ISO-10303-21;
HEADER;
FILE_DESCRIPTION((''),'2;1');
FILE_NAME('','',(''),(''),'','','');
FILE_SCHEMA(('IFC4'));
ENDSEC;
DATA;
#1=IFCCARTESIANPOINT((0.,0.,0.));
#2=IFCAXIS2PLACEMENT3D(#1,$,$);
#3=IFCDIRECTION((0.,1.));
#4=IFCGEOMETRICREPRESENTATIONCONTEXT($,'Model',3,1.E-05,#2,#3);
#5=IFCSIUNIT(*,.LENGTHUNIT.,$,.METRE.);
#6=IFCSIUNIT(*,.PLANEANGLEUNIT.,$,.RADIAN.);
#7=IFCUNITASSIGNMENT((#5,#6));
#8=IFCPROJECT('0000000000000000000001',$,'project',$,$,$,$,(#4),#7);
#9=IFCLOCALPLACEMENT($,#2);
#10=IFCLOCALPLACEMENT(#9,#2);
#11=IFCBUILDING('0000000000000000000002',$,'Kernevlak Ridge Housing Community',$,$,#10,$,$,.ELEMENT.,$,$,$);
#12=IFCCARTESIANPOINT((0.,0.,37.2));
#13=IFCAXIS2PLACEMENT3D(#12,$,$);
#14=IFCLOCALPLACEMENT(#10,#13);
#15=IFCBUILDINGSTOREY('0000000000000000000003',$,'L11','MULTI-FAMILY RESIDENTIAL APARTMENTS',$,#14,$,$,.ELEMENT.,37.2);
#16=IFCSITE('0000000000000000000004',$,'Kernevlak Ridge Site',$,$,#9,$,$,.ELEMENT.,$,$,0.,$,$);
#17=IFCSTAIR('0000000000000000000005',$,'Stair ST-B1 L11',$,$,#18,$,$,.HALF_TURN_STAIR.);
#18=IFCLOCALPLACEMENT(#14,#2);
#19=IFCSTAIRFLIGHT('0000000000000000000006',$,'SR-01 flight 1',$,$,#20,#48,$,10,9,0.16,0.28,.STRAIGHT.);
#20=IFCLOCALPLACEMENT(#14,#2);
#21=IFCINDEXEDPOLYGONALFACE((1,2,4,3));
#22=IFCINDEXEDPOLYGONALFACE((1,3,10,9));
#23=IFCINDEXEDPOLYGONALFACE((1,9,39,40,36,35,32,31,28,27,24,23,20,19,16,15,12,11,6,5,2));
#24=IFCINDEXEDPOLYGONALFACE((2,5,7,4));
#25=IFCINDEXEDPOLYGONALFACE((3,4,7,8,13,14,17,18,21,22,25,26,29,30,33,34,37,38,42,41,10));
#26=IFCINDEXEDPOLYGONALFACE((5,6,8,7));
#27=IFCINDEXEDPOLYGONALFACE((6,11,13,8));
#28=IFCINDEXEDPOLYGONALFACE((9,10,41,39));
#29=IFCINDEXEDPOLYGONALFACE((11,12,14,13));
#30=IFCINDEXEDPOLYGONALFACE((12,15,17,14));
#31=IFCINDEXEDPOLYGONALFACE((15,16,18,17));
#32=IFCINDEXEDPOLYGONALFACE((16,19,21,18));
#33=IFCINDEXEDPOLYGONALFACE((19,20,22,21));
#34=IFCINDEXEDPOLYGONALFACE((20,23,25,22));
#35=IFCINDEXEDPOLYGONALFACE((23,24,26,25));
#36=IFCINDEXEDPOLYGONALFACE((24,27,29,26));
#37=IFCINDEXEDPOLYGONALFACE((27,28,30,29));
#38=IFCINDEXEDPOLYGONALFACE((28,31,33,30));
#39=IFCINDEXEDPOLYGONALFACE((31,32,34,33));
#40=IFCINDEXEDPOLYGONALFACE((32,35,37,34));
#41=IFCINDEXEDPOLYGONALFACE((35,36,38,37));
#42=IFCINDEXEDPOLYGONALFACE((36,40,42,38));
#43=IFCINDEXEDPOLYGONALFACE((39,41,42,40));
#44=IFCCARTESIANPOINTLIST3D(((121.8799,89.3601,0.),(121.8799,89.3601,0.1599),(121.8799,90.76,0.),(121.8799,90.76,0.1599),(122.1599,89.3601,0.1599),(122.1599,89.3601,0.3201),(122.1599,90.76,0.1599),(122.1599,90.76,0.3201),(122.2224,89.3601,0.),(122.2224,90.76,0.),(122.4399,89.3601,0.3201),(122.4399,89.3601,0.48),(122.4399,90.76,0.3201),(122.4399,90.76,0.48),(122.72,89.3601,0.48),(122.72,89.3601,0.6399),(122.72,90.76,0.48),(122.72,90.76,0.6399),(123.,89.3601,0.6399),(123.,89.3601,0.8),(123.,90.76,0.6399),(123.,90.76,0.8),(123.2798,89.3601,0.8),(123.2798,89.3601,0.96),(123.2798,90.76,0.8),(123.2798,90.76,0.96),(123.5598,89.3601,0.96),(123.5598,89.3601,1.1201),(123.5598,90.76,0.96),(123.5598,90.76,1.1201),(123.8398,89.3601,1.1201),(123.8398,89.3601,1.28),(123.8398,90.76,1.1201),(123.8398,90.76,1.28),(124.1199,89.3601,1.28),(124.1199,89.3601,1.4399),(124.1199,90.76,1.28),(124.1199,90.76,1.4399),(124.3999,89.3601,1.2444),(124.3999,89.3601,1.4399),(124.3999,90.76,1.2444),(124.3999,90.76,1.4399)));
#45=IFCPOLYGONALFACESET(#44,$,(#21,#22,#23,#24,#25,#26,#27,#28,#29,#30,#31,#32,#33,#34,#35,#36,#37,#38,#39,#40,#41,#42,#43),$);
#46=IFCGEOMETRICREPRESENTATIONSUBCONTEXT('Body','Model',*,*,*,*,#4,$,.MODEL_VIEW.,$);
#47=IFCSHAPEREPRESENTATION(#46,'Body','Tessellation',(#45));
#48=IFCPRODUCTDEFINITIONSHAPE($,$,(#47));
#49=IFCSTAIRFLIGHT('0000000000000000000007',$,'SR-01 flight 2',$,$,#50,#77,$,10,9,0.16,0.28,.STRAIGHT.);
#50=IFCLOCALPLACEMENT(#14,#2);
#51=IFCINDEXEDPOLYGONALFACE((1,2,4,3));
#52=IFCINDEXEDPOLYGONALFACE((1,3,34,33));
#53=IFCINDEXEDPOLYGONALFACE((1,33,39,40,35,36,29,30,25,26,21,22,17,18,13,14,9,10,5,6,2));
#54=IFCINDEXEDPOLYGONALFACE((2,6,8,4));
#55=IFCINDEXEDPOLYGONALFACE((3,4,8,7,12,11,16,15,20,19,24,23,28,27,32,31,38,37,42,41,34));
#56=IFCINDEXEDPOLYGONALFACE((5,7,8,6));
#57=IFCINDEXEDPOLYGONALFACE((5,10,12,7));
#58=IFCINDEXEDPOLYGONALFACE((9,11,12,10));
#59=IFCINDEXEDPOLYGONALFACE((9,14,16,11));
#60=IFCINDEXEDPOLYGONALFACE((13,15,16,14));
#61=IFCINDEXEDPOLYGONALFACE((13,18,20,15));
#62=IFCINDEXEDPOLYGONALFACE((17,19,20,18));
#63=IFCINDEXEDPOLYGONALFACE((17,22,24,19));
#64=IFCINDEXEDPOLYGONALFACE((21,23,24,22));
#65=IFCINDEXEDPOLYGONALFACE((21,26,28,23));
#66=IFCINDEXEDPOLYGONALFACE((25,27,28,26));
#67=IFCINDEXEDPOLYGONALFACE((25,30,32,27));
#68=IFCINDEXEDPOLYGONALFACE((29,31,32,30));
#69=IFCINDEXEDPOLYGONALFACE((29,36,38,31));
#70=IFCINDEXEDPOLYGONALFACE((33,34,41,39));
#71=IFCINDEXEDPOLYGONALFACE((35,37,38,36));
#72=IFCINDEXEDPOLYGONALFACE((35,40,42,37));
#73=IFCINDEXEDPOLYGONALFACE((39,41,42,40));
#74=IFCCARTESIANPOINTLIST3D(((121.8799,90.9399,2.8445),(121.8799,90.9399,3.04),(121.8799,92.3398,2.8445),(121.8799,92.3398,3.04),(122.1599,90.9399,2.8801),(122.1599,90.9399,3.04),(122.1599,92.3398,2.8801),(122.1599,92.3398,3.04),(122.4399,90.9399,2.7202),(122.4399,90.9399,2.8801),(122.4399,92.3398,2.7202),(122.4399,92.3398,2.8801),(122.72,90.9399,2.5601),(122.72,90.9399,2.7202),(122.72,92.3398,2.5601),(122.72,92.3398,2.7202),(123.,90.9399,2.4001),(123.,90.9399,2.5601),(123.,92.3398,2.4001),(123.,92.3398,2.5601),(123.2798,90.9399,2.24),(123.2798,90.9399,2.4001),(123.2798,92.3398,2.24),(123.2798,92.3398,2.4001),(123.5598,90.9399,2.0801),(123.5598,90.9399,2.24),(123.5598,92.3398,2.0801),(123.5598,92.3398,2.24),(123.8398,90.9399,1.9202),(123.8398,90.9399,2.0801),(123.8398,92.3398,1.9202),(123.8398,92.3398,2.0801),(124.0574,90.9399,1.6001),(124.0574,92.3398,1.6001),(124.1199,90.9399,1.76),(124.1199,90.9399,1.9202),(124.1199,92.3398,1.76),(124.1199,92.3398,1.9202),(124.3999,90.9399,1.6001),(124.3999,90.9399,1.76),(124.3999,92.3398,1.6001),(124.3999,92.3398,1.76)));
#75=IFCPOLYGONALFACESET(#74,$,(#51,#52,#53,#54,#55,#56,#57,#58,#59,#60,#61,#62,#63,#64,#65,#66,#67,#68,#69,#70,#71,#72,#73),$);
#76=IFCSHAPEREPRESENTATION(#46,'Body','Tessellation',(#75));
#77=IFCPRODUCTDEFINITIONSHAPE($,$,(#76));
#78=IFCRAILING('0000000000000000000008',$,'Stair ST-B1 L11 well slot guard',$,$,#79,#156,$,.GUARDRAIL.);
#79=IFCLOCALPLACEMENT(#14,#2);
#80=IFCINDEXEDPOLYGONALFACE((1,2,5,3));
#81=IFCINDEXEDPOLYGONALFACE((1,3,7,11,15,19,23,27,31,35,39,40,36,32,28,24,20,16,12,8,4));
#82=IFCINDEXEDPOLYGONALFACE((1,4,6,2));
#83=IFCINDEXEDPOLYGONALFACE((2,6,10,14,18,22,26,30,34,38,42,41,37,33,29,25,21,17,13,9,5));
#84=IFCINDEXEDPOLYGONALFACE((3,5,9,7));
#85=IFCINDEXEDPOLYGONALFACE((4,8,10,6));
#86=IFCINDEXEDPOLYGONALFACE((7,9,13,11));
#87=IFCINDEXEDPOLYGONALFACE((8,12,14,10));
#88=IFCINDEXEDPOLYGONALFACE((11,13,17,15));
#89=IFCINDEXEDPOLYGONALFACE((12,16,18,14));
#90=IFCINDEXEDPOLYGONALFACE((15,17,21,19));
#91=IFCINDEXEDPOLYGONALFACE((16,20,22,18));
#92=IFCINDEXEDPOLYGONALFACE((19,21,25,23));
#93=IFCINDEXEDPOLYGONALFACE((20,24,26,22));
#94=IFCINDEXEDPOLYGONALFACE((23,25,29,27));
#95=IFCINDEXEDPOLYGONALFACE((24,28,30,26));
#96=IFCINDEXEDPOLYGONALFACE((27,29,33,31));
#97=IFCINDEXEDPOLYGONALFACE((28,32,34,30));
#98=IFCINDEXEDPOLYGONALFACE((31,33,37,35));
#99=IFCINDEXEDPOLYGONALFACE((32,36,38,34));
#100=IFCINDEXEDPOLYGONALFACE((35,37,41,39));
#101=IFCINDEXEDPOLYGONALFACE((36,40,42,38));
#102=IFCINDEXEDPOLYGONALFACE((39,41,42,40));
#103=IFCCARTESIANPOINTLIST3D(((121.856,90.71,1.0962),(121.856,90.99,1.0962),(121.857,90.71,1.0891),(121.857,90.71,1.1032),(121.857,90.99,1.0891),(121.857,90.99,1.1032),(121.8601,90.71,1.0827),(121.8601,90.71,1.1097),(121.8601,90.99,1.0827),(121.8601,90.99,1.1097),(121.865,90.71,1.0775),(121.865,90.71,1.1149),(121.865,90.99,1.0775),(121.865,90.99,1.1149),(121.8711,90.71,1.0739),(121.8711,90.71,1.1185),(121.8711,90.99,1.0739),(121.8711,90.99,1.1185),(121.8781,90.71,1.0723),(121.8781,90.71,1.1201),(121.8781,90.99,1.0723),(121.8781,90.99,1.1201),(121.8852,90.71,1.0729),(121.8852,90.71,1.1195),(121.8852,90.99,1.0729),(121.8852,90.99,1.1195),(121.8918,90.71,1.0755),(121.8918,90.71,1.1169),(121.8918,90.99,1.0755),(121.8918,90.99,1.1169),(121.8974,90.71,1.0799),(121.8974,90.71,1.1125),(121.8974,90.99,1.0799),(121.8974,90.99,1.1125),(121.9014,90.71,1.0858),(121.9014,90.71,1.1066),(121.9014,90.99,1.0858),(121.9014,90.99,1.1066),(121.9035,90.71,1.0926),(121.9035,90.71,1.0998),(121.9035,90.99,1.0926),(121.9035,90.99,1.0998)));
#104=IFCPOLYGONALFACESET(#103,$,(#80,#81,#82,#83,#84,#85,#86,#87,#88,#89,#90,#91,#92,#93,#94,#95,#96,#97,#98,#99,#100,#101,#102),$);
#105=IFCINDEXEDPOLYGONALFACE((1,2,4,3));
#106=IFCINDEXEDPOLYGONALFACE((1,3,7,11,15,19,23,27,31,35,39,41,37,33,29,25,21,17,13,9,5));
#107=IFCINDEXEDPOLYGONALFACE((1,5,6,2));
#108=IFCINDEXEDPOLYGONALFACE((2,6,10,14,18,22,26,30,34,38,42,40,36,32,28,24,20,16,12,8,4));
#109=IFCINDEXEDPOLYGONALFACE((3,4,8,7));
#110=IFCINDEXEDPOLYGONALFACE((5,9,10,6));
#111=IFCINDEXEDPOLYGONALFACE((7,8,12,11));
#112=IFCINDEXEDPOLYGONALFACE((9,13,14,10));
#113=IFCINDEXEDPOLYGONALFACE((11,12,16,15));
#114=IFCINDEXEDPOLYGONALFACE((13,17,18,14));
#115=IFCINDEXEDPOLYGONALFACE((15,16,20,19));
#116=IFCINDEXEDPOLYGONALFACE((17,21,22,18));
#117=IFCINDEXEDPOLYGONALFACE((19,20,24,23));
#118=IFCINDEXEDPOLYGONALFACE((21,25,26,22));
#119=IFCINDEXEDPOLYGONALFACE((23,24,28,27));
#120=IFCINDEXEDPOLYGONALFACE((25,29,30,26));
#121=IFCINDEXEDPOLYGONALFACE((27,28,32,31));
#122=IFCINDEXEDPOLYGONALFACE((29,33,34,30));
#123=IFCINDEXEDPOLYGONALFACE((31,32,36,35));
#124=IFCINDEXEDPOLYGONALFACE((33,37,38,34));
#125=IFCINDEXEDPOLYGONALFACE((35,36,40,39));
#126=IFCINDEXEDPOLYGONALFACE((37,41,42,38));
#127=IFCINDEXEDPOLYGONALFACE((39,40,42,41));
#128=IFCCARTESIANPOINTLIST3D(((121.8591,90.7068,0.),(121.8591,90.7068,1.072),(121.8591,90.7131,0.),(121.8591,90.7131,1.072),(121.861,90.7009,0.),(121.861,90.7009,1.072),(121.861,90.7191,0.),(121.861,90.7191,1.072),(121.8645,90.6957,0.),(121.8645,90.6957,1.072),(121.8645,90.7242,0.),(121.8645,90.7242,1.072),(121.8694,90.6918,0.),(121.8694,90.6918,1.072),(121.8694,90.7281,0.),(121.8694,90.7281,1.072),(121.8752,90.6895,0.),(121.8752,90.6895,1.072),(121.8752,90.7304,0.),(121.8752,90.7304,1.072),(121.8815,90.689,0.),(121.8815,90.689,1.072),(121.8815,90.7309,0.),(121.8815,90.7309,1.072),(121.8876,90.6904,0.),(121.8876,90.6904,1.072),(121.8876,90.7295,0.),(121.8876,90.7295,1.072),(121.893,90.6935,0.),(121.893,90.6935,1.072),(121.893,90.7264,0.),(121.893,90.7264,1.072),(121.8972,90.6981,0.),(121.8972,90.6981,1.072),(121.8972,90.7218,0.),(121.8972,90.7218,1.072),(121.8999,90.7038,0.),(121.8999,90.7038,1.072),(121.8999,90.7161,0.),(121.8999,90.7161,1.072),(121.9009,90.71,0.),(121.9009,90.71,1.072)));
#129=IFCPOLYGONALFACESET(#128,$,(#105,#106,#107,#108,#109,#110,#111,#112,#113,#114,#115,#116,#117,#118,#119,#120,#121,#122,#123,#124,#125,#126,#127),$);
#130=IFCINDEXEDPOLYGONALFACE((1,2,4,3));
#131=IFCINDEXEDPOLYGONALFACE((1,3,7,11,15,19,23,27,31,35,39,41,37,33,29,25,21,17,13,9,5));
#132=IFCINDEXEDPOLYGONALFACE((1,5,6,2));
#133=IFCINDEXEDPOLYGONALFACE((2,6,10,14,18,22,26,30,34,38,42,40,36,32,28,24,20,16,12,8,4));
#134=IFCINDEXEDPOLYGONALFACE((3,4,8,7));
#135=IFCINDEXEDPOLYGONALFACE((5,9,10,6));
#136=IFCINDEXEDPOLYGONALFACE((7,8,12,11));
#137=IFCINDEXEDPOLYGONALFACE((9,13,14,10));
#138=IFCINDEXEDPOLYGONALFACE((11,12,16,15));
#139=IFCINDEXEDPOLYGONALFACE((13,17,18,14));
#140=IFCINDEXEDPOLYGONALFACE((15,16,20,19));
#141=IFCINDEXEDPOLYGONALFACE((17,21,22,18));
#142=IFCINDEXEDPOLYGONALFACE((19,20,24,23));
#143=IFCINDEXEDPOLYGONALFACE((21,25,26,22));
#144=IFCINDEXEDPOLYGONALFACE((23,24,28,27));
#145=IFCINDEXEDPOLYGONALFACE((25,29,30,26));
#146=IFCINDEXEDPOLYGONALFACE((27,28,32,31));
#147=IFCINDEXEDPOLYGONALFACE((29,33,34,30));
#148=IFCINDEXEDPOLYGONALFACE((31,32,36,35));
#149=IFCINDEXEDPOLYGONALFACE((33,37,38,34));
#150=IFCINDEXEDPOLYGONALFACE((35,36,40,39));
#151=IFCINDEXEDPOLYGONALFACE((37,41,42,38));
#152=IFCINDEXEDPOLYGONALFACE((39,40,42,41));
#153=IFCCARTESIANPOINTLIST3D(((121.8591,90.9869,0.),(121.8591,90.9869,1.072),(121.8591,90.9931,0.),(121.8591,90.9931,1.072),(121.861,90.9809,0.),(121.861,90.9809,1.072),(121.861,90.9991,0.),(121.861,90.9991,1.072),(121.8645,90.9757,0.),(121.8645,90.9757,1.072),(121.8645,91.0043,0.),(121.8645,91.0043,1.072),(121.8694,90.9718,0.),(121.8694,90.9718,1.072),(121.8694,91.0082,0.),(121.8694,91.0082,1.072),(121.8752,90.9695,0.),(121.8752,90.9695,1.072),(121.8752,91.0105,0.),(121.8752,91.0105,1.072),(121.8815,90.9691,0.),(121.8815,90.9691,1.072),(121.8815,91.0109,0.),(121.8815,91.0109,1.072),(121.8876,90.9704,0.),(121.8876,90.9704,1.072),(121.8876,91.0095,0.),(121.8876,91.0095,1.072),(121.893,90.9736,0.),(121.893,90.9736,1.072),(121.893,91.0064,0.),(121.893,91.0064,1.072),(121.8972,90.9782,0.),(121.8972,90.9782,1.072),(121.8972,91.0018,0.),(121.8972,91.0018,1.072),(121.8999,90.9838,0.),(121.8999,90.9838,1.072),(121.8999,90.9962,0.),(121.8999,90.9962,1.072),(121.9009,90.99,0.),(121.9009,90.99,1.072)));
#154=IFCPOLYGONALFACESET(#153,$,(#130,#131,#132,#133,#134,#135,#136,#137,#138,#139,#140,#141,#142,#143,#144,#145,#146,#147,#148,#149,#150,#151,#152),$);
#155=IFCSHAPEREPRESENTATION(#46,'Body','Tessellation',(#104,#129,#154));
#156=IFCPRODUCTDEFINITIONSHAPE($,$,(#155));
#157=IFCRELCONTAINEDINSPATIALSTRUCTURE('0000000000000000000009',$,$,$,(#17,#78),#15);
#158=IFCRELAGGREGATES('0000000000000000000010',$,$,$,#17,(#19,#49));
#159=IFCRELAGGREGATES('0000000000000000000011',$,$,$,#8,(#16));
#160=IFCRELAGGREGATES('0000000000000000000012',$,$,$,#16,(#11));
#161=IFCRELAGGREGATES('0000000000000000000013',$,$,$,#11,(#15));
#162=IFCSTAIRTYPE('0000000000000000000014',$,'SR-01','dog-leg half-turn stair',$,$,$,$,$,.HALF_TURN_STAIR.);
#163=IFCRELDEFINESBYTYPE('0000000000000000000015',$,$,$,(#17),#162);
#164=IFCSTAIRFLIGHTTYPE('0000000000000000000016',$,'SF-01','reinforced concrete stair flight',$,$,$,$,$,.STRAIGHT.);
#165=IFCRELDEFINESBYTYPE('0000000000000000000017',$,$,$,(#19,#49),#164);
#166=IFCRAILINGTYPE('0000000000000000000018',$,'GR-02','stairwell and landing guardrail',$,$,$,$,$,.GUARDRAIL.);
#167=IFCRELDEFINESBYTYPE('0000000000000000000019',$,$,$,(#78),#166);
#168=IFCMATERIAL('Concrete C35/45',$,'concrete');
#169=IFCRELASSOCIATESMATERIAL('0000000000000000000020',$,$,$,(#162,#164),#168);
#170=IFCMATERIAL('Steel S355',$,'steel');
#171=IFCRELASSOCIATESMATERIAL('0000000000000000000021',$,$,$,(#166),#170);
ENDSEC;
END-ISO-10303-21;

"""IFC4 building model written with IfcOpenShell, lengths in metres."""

from ifc_helpers import new_model, si_unit, direction, frame, origin, origin_2d, place, context, subcontext, project, spatial, polyline, circle, outline, extrude, material, type_object, element, aggregate, save


model = new_model("IFC4")

# Units and contexts
model_context = context("Model", 3, precision=1e-05, world=origin(), true_north=direction((0.0, 1.0)))
body_context = subcontext(model_context, "Body", "Model", "MODEL_VIEW")
ifc_project = project(units=[si_unit("LENGTHUNIT", "METRE"), si_unit("PLANEANGLEUNIT", "RADIAN")], contexts=[model_context])

# Site, building, storey
site_placement = place(None, origin())
site = spatial("IfcSite", under=ifc_project, at=site_placement, Name="Kernevlak Ridge Site", CompositionType="ELEMENT", RefElevation=0.0)
building_placement = place(site_placement, origin())
building = spatial("IfcBuilding", under=site, at=building_placement, Name="Kernevlak Ridge Housing Community", CompositionType="ELEMENT")
storey_placement = place(building_placement, frame((0.0, 0.0, 37.2)))
storey = spatial("IfcBuildingStorey", under=building, at=storey_placement, Name="L11", Description="MULTI-FAMILY RESIDENTIAL APARTMENTS", CompositionType="ELEMENT", Elevation=37.2)

# Shared definitions
ifc_material_1 = material(Name="Concrete C35/45", Category="concrete")

# Stair, stair flights
stair_type = type_object("IfcStairType", Name="SR-01", Description="dog-leg half-turn stair", PredefinedType="HALF_TURN_STAIR", material=ifc_material_1)
stair_placement = place(storey_placement, origin())
stair = element("IfcStair", 1, at=stair_placement, inside=storey, type_object=stair_type, Name="Stair ST-B1 L11", PredefinedType="HALF_TURN_STAIR")
stair_flight_type = type_object("IfcStairFlightType", Name="SF-01", Description="reinforced concrete stair flight", PredefinedType="STRAIGHT", material=ifc_material_1)
stair_flight_1_placement = place(storey_placement, frame((121.8799, 90.0601, 0.0), z_axis=(0.0, 0.0, 1.0), x_axis=(1.0, 0.0, 0.0)))
stair_flight_1 = element("IfcStairFlight", 2, at=stair_flight_1_placement, type_object=stair_flight_type, Name="SR-01 flight 1", NumberOfRisers=10, NumberOfTreads=9, PredefinedType="STRAIGHT", RiserHeight=0.16, TreadLength=0.28, context=body_context, shape_type="SweptSolid", body=[
    extrude(outline(polyline([(0.0, 0.0), (0.0, 0.1599), (0.28, 0.1599), (0.28, 0.3201), (0.5601, 0.3201), (0.5601, 0.48), (0.8401, 0.48), (0.8401, 0.6399), (1.1201, 0.6399), (1.1201, 0.8), (1.3999, 0.8), (1.3999, 0.96), (1.6799, 0.96), (1.6799, 1.1201), (1.96, 1.1201), (1.96, 1.28), (2.24, 1.28), (2.24, 1.4399), (2.52, 1.4399), (2.52, 1.6001), (2.52, 1.2444), (0.3425, 0.0), (0.0, 0.0)])), frame((0.0, 0.7, 0.0), z_axis=(0.0, -1.0, 0.0), x_axis=(1.0, 0.0, 0.0)), (0.0, 0.0, 1.0), 1.3999),
])
stair_flight_2_placement = place(storey_placement, frame((124.3999, 91.6399, 1.6001), z_axis=(0.0, 0.0, 1.0), x_axis=(-1.0, 0.0, 0.0)))
stair_flight_2 = element("IfcStairFlight", 3, at=stair_flight_2_placement, type_object=stair_flight_type, Name="SR-01 flight 2", NumberOfRisers=10, NumberOfTreads=9, PredefinedType="STRAIGHT", RiserHeight=0.16, TreadLength=0.28, context=body_context, shape_type="SweptSolid", body=[
    extrude(outline(polyline([(0.0, 0.0), (0.0, 0.1599), (0.28, 0.1599), (0.28, 0.3201), (0.5601, 0.3201), (0.5601, 0.48), (0.8401, 0.48), (0.8401, 0.6399), (1.1201, 0.6399), (1.1201, 0.8), (1.3999, 0.8), (1.3999, 0.96), (1.6799, 0.96), (1.6799, 1.1201), (1.96, 1.1201), (1.96, 1.28), (2.24, 1.28), (2.24, 1.4399), (2.52, 1.4399), (2.52, 1.6001), (2.52, 1.2444), (0.3425, 0.0), (0.0, 0.0)])), frame((0.0, 0.7, 0.0), z_axis=(0.0, -1.0, 0.0), x_axis=(1.0, 0.0, 0.0)), (0.0, 0.0, 1.0), 1.3999),
])
aggregate(stair, [stair_flight_1, stair_flight_2])

# Railing
ifc_material_2 = material(Name="Steel S355", Category="steel")
railing_type_1 = type_object("IfcRailingType", Name="GR-02", Description="stairwell and landing guardrail", PredefinedType="GUARDRAIL", material=ifc_material_2)
railing_1_placement = place(storey_placement, frame((121.8799, 90.71, 0.0)))
element("IfcRailing", 4, at=railing_1_placement, inside=storey, type_object=railing_type_1, Name="Stair ST-B1 L11 well slot guard", PredefinedType="GUARDRAIL", context=body_context, shape_type="SweptSolid", body=[
    extrude(circle(Radius=0.0239, at=origin_2d()), frame((0.0, 0.0, 1.0962), z_axis=(0.0, 1.0, 0.0), x_axis=(-1.0, 0.0, 0.0)), (0.0, 0.0, 1.0), 0.28),
    extrude(circle(Radius=0.021, at=origin_2d()), origin(), (0.0, 0.0, 1.0), 1.072),
    extrude(circle(Radius=0.021, at=origin_2d()), frame((0.0, 0.28, 0.0)), (0.0, 0.0, 1.0), 1.072),
])

save(model, "model.ifc")
